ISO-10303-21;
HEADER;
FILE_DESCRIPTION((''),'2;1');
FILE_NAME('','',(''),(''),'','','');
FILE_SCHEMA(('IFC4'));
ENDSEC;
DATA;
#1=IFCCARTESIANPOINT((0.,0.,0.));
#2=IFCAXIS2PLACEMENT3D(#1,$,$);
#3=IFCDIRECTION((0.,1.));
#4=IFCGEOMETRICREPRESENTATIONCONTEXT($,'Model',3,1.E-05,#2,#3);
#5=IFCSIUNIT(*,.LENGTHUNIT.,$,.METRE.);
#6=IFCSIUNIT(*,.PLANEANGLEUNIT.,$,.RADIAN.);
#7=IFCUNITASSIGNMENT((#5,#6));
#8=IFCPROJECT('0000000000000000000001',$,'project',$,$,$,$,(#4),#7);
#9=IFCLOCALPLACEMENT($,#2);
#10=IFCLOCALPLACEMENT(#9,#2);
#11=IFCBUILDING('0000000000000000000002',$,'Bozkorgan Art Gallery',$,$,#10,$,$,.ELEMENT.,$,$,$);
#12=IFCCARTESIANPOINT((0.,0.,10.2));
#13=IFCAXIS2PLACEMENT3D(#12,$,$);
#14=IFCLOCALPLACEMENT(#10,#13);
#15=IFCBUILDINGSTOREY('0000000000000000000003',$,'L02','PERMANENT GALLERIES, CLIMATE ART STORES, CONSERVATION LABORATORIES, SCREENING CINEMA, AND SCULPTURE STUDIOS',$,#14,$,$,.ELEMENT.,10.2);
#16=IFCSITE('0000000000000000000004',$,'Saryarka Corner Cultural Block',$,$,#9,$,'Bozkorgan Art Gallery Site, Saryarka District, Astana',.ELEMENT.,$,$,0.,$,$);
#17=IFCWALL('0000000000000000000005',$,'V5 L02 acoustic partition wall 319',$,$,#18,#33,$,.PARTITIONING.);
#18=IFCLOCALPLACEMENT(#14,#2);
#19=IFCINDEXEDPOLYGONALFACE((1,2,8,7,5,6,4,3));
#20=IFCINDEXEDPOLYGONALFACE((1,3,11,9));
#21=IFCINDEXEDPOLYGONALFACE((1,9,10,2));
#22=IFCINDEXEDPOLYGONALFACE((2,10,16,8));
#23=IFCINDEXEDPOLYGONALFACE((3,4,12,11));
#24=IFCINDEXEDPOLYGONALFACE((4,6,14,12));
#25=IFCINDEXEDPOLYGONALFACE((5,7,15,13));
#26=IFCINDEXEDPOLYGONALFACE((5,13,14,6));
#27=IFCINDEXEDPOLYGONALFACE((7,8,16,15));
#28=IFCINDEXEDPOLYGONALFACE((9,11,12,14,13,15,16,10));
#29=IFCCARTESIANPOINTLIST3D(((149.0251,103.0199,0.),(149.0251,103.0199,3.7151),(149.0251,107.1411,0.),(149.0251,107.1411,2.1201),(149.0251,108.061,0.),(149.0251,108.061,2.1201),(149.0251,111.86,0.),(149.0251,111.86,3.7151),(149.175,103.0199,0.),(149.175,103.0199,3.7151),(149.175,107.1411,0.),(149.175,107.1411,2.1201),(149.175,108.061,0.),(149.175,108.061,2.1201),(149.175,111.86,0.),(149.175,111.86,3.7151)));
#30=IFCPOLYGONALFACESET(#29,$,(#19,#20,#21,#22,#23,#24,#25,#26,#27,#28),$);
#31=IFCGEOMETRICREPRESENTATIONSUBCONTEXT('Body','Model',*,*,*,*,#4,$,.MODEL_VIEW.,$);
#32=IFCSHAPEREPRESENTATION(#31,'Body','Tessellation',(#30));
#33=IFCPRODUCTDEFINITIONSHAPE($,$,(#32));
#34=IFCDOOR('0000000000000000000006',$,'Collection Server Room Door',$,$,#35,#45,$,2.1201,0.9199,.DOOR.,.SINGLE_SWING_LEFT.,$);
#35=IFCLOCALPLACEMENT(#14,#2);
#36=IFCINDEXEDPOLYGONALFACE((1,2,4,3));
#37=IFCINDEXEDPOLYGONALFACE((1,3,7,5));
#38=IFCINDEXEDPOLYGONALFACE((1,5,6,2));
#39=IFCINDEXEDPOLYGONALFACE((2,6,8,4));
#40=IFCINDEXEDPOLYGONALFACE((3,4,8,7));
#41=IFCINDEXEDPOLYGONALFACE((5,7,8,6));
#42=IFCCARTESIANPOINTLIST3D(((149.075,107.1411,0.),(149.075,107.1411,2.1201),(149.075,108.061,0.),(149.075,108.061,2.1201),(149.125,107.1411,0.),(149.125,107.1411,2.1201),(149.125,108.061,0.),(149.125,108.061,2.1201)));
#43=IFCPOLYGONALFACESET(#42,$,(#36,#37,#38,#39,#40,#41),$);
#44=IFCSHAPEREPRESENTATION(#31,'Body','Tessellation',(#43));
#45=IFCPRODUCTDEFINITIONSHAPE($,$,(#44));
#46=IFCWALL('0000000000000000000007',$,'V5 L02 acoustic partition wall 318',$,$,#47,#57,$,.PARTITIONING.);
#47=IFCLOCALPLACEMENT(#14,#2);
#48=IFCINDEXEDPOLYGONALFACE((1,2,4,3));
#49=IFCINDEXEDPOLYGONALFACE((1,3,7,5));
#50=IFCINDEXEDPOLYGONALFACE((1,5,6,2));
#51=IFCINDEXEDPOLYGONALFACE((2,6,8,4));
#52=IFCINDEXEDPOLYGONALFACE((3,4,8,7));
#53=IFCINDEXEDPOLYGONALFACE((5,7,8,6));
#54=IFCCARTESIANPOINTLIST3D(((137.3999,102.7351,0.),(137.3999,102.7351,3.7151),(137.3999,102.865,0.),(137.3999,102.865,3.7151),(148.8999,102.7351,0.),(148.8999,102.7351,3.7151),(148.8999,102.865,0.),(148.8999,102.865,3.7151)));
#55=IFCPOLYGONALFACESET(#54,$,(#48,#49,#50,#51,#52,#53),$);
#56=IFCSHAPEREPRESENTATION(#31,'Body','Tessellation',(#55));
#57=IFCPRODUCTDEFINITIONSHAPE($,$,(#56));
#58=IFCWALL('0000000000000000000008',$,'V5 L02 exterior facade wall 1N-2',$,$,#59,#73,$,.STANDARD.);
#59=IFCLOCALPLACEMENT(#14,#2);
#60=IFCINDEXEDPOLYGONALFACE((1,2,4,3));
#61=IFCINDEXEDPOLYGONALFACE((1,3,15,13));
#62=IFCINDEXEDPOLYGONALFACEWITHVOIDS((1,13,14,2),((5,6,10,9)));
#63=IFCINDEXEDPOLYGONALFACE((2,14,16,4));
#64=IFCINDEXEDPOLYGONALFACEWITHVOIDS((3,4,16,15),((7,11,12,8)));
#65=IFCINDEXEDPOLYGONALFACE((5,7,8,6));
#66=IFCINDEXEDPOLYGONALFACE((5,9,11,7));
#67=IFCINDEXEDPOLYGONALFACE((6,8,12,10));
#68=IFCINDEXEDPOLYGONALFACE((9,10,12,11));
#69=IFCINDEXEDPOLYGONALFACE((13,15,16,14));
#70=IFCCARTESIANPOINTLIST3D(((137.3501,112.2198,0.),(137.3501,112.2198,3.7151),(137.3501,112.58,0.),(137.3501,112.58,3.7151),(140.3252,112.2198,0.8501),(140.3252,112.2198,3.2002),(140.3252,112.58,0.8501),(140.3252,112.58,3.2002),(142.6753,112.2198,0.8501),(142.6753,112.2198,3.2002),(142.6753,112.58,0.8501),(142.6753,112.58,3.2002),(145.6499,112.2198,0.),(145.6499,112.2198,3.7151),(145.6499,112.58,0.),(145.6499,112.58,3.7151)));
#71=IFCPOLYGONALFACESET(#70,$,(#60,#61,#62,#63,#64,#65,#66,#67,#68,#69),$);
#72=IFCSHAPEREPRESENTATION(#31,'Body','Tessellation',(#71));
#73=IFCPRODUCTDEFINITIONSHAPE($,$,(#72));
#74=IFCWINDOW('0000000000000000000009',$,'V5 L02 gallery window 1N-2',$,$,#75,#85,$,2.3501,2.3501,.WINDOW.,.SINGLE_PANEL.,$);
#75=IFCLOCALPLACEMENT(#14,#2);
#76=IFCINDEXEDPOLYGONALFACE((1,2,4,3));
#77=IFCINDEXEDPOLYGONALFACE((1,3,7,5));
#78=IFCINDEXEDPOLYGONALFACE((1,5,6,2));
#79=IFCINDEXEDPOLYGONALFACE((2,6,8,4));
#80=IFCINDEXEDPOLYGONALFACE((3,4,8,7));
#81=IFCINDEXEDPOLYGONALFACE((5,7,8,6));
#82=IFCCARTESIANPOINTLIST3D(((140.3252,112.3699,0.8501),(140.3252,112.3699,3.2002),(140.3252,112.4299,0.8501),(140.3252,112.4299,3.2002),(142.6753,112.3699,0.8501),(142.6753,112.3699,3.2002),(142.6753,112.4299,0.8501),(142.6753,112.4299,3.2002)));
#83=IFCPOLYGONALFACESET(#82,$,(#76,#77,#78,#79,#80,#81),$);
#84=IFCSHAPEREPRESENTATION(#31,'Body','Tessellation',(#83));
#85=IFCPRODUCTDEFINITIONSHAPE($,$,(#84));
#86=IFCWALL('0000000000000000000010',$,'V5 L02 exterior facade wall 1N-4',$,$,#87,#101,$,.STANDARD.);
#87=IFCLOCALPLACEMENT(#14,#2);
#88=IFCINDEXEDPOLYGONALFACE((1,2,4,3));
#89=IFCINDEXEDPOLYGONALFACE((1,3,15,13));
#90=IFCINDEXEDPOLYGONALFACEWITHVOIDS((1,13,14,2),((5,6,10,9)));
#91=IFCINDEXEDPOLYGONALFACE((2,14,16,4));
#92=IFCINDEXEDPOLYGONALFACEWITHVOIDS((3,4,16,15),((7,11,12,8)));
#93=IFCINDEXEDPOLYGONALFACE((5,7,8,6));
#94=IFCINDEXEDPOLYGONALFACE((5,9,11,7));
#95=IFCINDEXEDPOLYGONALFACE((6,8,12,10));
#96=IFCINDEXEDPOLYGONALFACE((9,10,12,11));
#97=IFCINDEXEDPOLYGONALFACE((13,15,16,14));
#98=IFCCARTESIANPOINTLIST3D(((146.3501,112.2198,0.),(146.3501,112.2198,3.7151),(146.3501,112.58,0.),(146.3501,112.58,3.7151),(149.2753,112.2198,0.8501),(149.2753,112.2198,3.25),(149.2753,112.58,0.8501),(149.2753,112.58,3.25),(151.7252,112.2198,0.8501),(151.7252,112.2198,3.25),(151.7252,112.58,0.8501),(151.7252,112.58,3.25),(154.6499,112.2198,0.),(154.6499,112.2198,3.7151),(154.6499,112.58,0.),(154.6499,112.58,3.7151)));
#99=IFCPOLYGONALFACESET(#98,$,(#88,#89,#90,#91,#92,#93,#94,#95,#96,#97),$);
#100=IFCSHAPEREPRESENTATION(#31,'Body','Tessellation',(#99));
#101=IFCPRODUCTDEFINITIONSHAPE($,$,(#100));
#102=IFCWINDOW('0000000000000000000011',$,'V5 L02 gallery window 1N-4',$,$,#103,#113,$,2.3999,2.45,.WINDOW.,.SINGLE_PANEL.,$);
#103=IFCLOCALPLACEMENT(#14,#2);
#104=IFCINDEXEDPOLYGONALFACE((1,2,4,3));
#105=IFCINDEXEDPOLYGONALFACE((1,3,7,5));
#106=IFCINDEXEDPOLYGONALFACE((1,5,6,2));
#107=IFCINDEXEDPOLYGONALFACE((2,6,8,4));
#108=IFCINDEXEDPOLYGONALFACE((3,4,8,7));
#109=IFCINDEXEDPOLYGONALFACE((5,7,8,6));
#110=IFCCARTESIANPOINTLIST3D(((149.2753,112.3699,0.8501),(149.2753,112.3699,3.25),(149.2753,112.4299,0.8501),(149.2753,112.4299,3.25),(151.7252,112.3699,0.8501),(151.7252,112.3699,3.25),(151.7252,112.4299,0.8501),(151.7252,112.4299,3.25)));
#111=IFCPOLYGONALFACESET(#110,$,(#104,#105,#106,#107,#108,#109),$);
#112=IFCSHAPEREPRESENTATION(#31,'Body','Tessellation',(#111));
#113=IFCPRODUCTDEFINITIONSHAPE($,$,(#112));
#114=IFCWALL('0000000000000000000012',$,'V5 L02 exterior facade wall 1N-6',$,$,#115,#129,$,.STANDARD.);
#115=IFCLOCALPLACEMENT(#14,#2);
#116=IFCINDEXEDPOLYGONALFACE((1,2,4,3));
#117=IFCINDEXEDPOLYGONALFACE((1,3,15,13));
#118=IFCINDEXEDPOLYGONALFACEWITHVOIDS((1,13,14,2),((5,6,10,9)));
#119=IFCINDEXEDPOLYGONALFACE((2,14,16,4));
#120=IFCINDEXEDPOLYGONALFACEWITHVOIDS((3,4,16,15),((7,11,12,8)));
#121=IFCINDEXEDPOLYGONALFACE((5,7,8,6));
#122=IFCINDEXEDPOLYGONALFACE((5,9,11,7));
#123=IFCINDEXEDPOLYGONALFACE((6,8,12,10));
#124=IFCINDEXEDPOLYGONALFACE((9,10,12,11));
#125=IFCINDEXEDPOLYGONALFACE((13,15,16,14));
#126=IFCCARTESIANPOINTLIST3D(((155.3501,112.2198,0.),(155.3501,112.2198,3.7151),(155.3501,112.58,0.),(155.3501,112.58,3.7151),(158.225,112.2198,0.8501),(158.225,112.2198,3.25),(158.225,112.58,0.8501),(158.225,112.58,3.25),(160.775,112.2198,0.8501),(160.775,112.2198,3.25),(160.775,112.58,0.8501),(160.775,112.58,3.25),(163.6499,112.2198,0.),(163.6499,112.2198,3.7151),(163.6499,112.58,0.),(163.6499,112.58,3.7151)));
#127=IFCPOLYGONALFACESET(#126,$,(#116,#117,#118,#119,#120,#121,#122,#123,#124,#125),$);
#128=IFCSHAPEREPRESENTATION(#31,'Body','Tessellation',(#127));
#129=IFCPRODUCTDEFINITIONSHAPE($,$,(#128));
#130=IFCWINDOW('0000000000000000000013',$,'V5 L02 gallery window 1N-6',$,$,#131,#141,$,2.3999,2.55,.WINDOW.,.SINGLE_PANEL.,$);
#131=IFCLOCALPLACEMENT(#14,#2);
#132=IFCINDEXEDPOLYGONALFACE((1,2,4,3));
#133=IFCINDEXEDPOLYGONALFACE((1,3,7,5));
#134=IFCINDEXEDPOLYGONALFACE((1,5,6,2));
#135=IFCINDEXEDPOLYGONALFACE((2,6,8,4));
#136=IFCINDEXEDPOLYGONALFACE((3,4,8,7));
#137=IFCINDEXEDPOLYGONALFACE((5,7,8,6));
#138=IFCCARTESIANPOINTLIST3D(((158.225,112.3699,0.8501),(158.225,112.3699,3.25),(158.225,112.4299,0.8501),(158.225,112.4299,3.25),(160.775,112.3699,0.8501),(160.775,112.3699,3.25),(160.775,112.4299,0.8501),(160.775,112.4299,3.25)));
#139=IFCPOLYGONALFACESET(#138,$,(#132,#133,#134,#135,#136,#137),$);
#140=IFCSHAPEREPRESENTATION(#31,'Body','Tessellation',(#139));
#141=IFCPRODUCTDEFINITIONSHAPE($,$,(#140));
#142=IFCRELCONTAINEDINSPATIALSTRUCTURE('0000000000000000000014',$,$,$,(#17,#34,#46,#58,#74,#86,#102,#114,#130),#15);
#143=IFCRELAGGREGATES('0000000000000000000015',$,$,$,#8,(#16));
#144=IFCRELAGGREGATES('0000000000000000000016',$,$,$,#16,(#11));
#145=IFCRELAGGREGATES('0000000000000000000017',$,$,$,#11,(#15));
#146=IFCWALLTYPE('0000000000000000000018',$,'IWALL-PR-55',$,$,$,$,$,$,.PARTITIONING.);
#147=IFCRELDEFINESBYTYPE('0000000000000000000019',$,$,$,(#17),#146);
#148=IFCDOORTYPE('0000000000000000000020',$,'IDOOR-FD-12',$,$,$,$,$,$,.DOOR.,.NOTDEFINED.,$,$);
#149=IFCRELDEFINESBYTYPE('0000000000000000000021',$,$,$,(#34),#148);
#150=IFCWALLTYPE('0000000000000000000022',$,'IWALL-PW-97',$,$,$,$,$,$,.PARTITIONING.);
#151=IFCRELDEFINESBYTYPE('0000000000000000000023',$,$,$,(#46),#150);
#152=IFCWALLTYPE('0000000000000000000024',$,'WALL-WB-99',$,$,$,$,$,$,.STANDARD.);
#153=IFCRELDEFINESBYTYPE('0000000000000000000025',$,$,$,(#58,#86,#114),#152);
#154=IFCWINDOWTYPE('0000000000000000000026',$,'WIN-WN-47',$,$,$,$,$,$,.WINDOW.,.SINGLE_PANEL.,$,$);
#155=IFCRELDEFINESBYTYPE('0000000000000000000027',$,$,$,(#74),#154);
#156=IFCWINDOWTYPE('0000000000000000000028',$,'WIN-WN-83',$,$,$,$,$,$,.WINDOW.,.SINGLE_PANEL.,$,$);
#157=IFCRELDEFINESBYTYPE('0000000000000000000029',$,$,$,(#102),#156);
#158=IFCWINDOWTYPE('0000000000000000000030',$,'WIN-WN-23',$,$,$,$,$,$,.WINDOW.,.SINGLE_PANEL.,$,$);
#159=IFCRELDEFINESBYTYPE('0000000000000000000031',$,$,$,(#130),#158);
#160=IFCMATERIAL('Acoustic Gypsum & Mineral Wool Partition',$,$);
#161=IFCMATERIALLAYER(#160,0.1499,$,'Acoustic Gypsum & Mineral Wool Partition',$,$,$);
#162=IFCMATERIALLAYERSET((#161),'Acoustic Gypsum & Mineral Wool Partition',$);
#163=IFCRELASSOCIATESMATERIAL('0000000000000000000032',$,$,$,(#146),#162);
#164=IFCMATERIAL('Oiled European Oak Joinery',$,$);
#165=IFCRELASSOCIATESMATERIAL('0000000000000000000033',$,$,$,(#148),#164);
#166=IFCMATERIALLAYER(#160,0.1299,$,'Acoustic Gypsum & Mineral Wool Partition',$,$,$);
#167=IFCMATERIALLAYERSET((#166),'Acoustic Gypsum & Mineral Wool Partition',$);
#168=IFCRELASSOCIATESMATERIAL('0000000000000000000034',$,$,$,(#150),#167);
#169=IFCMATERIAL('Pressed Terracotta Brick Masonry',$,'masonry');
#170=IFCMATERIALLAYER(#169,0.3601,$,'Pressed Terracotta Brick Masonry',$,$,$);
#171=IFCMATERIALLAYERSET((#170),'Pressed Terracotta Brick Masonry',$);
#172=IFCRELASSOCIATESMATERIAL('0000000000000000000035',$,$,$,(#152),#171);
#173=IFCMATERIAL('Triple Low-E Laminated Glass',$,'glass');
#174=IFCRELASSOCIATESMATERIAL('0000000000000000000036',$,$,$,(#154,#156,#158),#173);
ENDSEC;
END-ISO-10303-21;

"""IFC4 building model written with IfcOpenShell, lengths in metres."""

from ifc_helpers import new_model, si_unit, direction, frame, frame_2d, origin, place, context, subcontext, project, spatial, rectangle, extrude, material, layer, layer_set, type_object, element, fill, save


model = new_model("IFC4")

# Units and contexts
model_context = context("Model", 3, precision=1e-05, world=origin(), true_north=direction((0.0, 1.0)))
body_context = subcontext(model_context, "Body", "Model", "MODEL_VIEW")
ifc_project = project(units=[si_unit("LENGTHUNIT", "METRE"), si_unit("PLANEANGLEUNIT", "RADIAN")], contexts=[model_context])

# Site, building, storey
site_placement = place(None, origin())
site = spatial("IfcSite", under=ifc_project, at=site_placement, Name="Saryarka Corner Cultural Block", LongName="Bozkorgan Art Gallery Site, Saryarka District, Astana", CompositionType="ELEMENT", RefElevation=0.0)
building_placement = place(site_placement, origin())
building = spatial("IfcBuilding", under=site, at=building_placement, Name="Bozkorgan Art Gallery", CompositionType="ELEMENT")
storey_placement = place(building_placement, frame((0.0, 0.0, 10.2)))
storey = spatial("IfcBuildingStorey", under=building, at=storey_placement, Name="L02", Description="PERMANENT GALLERIES, CLIMATE ART STORES, CONSERVATION LABORATORIES, SCREENING CINEMA, AND SCULPTURE STUDIOS", CompositionType="ELEMENT", Elevation=10.2)

# Wall, opening, door
ifc_material_1 = material(Name="Acoustic Gypsum & Mineral Wool Partition")
ifc_layer_1 = layer(ifc_material_1, 0.1499, Name="Acoustic Gypsum & Mineral Wool Partition")
ifc_layer_set_1 = layer_set([ifc_layer_1], Name="Acoustic Gypsum & Mineral Wool Partition")
wall_type_1 = type_object("IfcWallType", Name="IWALL-PR-55", PredefinedType="PARTITIONING", material=ifc_layer_set_1)
wall_1_placement = place(storey_placement, frame((149.1001, 103.02, 0.0), z_axis=(0.0, 0.0, 1.0), x_axis=(0.0, 1.0, 0.0)))
wall_1 = element("IfcWall", 1, at=wall_1_placement, inside=storey, type_object=wall_type_1, Name="V5 L02 acoustic partition wall 319", PredefinedType="PARTITIONING", context=body_context, shape_type="SweptSolid", body=[
    extrude(rectangle(XDim=8.8401, YDim=0.1499, at=frame_2d((4.4199, 0.0))), origin(), (0.0, 0.0, 1.0), 3.7151),
])
opening_1_placement = place(wall_1_placement, frame((5.041, 0.0, 0.0), z_axis=(0.0, 0.0, 1.0), x_axis=(-1.0, 0.0, 0.0)))
opening_1 = element("IfcOpeningElement", 2, at=opening_1_placement, cuts=wall_1, PredefinedType="OPENING", context=body_context, shape_type="SweptSolid", body=[
    extrude(rectangle(XDim=0.9199, YDim=2.1201, at=frame_2d((0.46, 1.0601))), frame((0.0, 0.085, 0.0), z_axis=(0.0, -1.0, 0.0), x_axis=(1.0, 0.0, 0.0)), (0.0, 0.0, 1.0), 0.1699),
])
ifc_material_2 = material(Name="Oiled European Oak Joinery")
door_type = type_object("IfcDoorType", Name="IDOOR-FD-12", OperationType="NOTDEFINED", PredefinedType="DOOR", material=ifc_material_2)
door_placement = place(opening_1_placement, origin())
door = element("IfcDoor", 3, at=door_placement, inside=storey, type_object=door_type, Name="Collection Server Room Door", OperationType="SINGLE_SWING_LEFT", OverallHeight=2.1201, OverallWidth=0.9199, PredefinedType="DOOR", context=body_context, shape_type="SweptSolid", body=[
    extrude(rectangle(XDim=0.9199, YDim=2.1201, at=frame_2d((0.46, 1.0601))), frame((0.0, 0.0249, 0.0), z_axis=(0.0, -1.0, 0.0), x_axis=(1.0, 0.0, 0.0)), (0.0, 0.0, 1.0), 0.05),
])
fill(opening_1, door)

# Wall
ifc_layer_2 = layer(ifc_material_1, 0.1299, Name="Acoustic Gypsum & Mineral Wool Partition")
ifc_layer_set_2 = layer_set([ifc_layer_2], Name="Acoustic Gypsum & Mineral Wool Partition")
wall_type_2 = type_object("IfcWallType", Name="IWALL-PW-97", PredefinedType="PARTITIONING", material=ifc_layer_set_2)
wall_2_placement = place(storey_placement, frame((137.3999, 102.8, 0.0), z_axis=(0.0, 0.0, 1.0), x_axis=(1.0, 0.0, 0.0)))
element("IfcWall", 4, at=wall_2_placement, inside=storey, type_object=wall_type_2, Name="V5 L02 acoustic partition wall 318", PredefinedType="PARTITIONING", context=body_context, shape_type="SweptSolid", body=[
    extrude(rectangle(XDim=11.5, YDim=0.1299, at=frame_2d((5.75, 0.0))), origin(), (0.0, 0.0, 1.0), 3.7151),
])

# Walls, openings, windows
ifc_material_3 = material(Name="Pressed Terracotta Brick Masonry", Category="masonry")
ifc_layer_3 = layer(ifc_material_3, 0.3601, Name="Pressed Terracotta Brick Masonry")
ifc_layer_set_3 = layer_set([ifc_layer_3], Name="Pressed Terracotta Brick Masonry")
wall_type_3 = type_object("IfcWallType", Name="WALL-WB-99", PredefinedType="STANDARD", material=ifc_layer_set_3)
wall_3_placement = place(storey_placement, frame((137.3501, 112.3999, 0.0), z_axis=(0.0, 0.0, 1.0), x_axis=(1.0, 0.0, 0.0)))
wall_3 = element("IfcWall", 5, at=wall_3_placement, inside=storey, type_object=wall_type_3, Name="V5 L02 exterior facade wall 1N-2", PredefinedType="STANDARD", context=body_context, shape_type="SweptSolid", body=[
    extrude(rectangle(XDim=8.2998, YDim=0.3601, at=frame_2d((4.1499, 0.0))), origin(), (0.0, 0.0, 1.0), 3.7151),
])
opening_2_placement = place(wall_3_placement, frame((2.9751, 0.0, 0.8501)))
opening_2 = element("IfcOpeningElement", 6, at=opening_2_placement, cuts=wall_3, PredefinedType="OPENING", context=body_context, shape_type="SweptSolid", body=[
    extrude(rectangle(XDim=2.3501, YDim=2.3501, at=frame_2d((1.175, 1.175))), frame((0.0, 0.1899, 0.0), z_axis=(0.0, -1.0, 0.0), x_axis=(1.0, 0.0, 0.0)), (0.0, 0.0, 1.0), 0.3801),
])
ifc_material_4 = material(Name="Triple Low-E Laminated Glass", Category="glass")
window_type_1 = type_object("IfcWindowType", Name="WIN-WN-47", PartitioningType="SINGLE_PANEL", PredefinedType="WINDOW", material=ifc_material_4)
window_1_placement = place(opening_2_placement, origin())
window_1 = element("IfcWindow", 7, at=window_1_placement, inside=storey, type_object=window_type_1, Name="V5 L02 gallery window 1N-2", OverallHeight=2.3501, OverallWidth=2.3501, PartitioningType="SINGLE_PANEL", PredefinedType="WINDOW", context=body_context, shape_type="SweptSolid", body=[
    extrude(rectangle(XDim=2.3501, YDim=2.3501, at=frame_2d((1.175, 1.175))), frame((0.0, 0.03, 0.0), z_axis=(0.0, -1.0, 0.0), x_axis=(1.0, 0.0, 0.0)), (0.0, 0.0, 1.0), 0.0601),
])
fill(opening_2, window_1)
wall_4_placement = place(storey_placement, frame((146.3501, 112.3999, 0.0), z_axis=(0.0, 0.0, 1.0), x_axis=(1.0, 0.0, 0.0)))
wall_4 = element("IfcWall", 8, at=wall_4_placement, inside=storey, type_object=wall_type_3, Name="V5 L02 exterior facade wall 1N-4", PredefinedType="STANDARD", context=body_context, shape_type="SweptSolid", body=[
    extrude(rectangle(XDim=8.2998, YDim=0.3601, at=frame_2d((4.1499, 0.0))), origin(), (0.0, 0.0, 1.0), 3.7151),
])
opening_3_placement = place(wall_4_placement, frame((2.925, 0.0, 0.8501)))
opening_3 = element("IfcOpeningElement", 9, at=opening_3_placement, cuts=wall_4, PredefinedType="OPENING", context=body_context, shape_type="SweptSolid", body=[
    extrude(rectangle(XDim=2.45, YDim=2.3999, at=frame_2d((1.2251, 1.2))), frame((0.0, 0.1899, 0.0), z_axis=(0.0, -1.0, 0.0), x_axis=(1.0, 0.0, 0.0)), (0.0, 0.0, 1.0), 0.3801),
])
window_type_2 = type_object("IfcWindowType", Name="WIN-WN-83", PartitioningType="SINGLE_PANEL", PredefinedType="WINDOW", material=ifc_material_4)
window_2_placement = place(opening_3_placement, origin())
window_2 = element("IfcWindow", 10, at=window_2_placement, inside=storey, type_object=window_type_2, Name="V5 L02 gallery window 1N-4", OverallHeight=2.3999, OverallWidth=2.45, PartitioningType="SINGLE_PANEL", PredefinedType="WINDOW", context=body_context, shape_type="SweptSolid", body=[
    extrude(rectangle(XDim=2.45, YDim=2.3999, at=frame_2d((1.2251, 1.2))), frame((0.0, 0.03, 0.0), z_axis=(0.0, -1.0, 0.0), x_axis=(1.0, 0.0, 0.0)), (0.0, 0.0, 1.0), 0.0601),
])
fill(opening_3, window_2)
wall_5_placement = place(storey_placement, frame((155.3501, 112.3999, 0.0), z_axis=(0.0, 0.0, 1.0), x_axis=(1.0, 0.0, 0.0)))
wall_5 = element("IfcWall", 11, at=wall_5_placement, inside=storey, type_object=wall_type_3, Name="V5 L02 exterior facade wall 1N-6", PredefinedType="STANDARD", context=body_context, shape_type="SweptSolid", body=[
    extrude(rectangle(XDim=8.2998, YDim=0.3601, at=frame_2d((4.1499, 0.0))), origin(), (0.0, 0.0, 1.0), 3.7151),
])
opening_4_placement = place(wall_5_placement, frame((2.875, 0.0, 0.8501)))
opening_4 = element("IfcOpeningElement", 12, at=opening_4_placement, cuts=wall_5, PredefinedType="OPENING", context=body_context, shape_type="SweptSolid", body=[
    extrude(rectangle(XDim=2.55, YDim=2.3999, at=frame_2d((1.2749, 1.2))), frame((0.0, 0.1899, 0.0), z_axis=(0.0, -1.0, 0.0), x_axis=(1.0, 0.0, 0.0)), (0.0, 0.0, 1.0), 0.3801),
])
window_type_3 = type_object("IfcWindowType", Name="WIN-WN-23", PartitioningType="SINGLE_PANEL", PredefinedType="WINDOW", material=ifc_material_4)
window_3_placement = place(opening_4_placement, origin())
window_3 = element("IfcWindow", 13, at=window_3_placement, inside=storey, type_object=window_type_3, Name="V5 L02 gallery window 1N-6", OverallHeight=2.3999, OverallWidth=2.55, PartitioningType="SINGLE_PANEL", PredefinedType="WINDOW", context=body_context, shape_type="SweptSolid", body=[
    extrude(rectangle(XDim=2.55, YDim=2.3999, at=frame_2d((1.2749, 1.2))), frame((0.0, 0.03, 0.0), z_axis=(0.0, -1.0, 0.0), x_axis=(1.0, 0.0, 0.0)), (0.0, 0.0, 1.0), 0.0601),
])
fill(opening_4, window_3)

save(model, "model.ifc")
